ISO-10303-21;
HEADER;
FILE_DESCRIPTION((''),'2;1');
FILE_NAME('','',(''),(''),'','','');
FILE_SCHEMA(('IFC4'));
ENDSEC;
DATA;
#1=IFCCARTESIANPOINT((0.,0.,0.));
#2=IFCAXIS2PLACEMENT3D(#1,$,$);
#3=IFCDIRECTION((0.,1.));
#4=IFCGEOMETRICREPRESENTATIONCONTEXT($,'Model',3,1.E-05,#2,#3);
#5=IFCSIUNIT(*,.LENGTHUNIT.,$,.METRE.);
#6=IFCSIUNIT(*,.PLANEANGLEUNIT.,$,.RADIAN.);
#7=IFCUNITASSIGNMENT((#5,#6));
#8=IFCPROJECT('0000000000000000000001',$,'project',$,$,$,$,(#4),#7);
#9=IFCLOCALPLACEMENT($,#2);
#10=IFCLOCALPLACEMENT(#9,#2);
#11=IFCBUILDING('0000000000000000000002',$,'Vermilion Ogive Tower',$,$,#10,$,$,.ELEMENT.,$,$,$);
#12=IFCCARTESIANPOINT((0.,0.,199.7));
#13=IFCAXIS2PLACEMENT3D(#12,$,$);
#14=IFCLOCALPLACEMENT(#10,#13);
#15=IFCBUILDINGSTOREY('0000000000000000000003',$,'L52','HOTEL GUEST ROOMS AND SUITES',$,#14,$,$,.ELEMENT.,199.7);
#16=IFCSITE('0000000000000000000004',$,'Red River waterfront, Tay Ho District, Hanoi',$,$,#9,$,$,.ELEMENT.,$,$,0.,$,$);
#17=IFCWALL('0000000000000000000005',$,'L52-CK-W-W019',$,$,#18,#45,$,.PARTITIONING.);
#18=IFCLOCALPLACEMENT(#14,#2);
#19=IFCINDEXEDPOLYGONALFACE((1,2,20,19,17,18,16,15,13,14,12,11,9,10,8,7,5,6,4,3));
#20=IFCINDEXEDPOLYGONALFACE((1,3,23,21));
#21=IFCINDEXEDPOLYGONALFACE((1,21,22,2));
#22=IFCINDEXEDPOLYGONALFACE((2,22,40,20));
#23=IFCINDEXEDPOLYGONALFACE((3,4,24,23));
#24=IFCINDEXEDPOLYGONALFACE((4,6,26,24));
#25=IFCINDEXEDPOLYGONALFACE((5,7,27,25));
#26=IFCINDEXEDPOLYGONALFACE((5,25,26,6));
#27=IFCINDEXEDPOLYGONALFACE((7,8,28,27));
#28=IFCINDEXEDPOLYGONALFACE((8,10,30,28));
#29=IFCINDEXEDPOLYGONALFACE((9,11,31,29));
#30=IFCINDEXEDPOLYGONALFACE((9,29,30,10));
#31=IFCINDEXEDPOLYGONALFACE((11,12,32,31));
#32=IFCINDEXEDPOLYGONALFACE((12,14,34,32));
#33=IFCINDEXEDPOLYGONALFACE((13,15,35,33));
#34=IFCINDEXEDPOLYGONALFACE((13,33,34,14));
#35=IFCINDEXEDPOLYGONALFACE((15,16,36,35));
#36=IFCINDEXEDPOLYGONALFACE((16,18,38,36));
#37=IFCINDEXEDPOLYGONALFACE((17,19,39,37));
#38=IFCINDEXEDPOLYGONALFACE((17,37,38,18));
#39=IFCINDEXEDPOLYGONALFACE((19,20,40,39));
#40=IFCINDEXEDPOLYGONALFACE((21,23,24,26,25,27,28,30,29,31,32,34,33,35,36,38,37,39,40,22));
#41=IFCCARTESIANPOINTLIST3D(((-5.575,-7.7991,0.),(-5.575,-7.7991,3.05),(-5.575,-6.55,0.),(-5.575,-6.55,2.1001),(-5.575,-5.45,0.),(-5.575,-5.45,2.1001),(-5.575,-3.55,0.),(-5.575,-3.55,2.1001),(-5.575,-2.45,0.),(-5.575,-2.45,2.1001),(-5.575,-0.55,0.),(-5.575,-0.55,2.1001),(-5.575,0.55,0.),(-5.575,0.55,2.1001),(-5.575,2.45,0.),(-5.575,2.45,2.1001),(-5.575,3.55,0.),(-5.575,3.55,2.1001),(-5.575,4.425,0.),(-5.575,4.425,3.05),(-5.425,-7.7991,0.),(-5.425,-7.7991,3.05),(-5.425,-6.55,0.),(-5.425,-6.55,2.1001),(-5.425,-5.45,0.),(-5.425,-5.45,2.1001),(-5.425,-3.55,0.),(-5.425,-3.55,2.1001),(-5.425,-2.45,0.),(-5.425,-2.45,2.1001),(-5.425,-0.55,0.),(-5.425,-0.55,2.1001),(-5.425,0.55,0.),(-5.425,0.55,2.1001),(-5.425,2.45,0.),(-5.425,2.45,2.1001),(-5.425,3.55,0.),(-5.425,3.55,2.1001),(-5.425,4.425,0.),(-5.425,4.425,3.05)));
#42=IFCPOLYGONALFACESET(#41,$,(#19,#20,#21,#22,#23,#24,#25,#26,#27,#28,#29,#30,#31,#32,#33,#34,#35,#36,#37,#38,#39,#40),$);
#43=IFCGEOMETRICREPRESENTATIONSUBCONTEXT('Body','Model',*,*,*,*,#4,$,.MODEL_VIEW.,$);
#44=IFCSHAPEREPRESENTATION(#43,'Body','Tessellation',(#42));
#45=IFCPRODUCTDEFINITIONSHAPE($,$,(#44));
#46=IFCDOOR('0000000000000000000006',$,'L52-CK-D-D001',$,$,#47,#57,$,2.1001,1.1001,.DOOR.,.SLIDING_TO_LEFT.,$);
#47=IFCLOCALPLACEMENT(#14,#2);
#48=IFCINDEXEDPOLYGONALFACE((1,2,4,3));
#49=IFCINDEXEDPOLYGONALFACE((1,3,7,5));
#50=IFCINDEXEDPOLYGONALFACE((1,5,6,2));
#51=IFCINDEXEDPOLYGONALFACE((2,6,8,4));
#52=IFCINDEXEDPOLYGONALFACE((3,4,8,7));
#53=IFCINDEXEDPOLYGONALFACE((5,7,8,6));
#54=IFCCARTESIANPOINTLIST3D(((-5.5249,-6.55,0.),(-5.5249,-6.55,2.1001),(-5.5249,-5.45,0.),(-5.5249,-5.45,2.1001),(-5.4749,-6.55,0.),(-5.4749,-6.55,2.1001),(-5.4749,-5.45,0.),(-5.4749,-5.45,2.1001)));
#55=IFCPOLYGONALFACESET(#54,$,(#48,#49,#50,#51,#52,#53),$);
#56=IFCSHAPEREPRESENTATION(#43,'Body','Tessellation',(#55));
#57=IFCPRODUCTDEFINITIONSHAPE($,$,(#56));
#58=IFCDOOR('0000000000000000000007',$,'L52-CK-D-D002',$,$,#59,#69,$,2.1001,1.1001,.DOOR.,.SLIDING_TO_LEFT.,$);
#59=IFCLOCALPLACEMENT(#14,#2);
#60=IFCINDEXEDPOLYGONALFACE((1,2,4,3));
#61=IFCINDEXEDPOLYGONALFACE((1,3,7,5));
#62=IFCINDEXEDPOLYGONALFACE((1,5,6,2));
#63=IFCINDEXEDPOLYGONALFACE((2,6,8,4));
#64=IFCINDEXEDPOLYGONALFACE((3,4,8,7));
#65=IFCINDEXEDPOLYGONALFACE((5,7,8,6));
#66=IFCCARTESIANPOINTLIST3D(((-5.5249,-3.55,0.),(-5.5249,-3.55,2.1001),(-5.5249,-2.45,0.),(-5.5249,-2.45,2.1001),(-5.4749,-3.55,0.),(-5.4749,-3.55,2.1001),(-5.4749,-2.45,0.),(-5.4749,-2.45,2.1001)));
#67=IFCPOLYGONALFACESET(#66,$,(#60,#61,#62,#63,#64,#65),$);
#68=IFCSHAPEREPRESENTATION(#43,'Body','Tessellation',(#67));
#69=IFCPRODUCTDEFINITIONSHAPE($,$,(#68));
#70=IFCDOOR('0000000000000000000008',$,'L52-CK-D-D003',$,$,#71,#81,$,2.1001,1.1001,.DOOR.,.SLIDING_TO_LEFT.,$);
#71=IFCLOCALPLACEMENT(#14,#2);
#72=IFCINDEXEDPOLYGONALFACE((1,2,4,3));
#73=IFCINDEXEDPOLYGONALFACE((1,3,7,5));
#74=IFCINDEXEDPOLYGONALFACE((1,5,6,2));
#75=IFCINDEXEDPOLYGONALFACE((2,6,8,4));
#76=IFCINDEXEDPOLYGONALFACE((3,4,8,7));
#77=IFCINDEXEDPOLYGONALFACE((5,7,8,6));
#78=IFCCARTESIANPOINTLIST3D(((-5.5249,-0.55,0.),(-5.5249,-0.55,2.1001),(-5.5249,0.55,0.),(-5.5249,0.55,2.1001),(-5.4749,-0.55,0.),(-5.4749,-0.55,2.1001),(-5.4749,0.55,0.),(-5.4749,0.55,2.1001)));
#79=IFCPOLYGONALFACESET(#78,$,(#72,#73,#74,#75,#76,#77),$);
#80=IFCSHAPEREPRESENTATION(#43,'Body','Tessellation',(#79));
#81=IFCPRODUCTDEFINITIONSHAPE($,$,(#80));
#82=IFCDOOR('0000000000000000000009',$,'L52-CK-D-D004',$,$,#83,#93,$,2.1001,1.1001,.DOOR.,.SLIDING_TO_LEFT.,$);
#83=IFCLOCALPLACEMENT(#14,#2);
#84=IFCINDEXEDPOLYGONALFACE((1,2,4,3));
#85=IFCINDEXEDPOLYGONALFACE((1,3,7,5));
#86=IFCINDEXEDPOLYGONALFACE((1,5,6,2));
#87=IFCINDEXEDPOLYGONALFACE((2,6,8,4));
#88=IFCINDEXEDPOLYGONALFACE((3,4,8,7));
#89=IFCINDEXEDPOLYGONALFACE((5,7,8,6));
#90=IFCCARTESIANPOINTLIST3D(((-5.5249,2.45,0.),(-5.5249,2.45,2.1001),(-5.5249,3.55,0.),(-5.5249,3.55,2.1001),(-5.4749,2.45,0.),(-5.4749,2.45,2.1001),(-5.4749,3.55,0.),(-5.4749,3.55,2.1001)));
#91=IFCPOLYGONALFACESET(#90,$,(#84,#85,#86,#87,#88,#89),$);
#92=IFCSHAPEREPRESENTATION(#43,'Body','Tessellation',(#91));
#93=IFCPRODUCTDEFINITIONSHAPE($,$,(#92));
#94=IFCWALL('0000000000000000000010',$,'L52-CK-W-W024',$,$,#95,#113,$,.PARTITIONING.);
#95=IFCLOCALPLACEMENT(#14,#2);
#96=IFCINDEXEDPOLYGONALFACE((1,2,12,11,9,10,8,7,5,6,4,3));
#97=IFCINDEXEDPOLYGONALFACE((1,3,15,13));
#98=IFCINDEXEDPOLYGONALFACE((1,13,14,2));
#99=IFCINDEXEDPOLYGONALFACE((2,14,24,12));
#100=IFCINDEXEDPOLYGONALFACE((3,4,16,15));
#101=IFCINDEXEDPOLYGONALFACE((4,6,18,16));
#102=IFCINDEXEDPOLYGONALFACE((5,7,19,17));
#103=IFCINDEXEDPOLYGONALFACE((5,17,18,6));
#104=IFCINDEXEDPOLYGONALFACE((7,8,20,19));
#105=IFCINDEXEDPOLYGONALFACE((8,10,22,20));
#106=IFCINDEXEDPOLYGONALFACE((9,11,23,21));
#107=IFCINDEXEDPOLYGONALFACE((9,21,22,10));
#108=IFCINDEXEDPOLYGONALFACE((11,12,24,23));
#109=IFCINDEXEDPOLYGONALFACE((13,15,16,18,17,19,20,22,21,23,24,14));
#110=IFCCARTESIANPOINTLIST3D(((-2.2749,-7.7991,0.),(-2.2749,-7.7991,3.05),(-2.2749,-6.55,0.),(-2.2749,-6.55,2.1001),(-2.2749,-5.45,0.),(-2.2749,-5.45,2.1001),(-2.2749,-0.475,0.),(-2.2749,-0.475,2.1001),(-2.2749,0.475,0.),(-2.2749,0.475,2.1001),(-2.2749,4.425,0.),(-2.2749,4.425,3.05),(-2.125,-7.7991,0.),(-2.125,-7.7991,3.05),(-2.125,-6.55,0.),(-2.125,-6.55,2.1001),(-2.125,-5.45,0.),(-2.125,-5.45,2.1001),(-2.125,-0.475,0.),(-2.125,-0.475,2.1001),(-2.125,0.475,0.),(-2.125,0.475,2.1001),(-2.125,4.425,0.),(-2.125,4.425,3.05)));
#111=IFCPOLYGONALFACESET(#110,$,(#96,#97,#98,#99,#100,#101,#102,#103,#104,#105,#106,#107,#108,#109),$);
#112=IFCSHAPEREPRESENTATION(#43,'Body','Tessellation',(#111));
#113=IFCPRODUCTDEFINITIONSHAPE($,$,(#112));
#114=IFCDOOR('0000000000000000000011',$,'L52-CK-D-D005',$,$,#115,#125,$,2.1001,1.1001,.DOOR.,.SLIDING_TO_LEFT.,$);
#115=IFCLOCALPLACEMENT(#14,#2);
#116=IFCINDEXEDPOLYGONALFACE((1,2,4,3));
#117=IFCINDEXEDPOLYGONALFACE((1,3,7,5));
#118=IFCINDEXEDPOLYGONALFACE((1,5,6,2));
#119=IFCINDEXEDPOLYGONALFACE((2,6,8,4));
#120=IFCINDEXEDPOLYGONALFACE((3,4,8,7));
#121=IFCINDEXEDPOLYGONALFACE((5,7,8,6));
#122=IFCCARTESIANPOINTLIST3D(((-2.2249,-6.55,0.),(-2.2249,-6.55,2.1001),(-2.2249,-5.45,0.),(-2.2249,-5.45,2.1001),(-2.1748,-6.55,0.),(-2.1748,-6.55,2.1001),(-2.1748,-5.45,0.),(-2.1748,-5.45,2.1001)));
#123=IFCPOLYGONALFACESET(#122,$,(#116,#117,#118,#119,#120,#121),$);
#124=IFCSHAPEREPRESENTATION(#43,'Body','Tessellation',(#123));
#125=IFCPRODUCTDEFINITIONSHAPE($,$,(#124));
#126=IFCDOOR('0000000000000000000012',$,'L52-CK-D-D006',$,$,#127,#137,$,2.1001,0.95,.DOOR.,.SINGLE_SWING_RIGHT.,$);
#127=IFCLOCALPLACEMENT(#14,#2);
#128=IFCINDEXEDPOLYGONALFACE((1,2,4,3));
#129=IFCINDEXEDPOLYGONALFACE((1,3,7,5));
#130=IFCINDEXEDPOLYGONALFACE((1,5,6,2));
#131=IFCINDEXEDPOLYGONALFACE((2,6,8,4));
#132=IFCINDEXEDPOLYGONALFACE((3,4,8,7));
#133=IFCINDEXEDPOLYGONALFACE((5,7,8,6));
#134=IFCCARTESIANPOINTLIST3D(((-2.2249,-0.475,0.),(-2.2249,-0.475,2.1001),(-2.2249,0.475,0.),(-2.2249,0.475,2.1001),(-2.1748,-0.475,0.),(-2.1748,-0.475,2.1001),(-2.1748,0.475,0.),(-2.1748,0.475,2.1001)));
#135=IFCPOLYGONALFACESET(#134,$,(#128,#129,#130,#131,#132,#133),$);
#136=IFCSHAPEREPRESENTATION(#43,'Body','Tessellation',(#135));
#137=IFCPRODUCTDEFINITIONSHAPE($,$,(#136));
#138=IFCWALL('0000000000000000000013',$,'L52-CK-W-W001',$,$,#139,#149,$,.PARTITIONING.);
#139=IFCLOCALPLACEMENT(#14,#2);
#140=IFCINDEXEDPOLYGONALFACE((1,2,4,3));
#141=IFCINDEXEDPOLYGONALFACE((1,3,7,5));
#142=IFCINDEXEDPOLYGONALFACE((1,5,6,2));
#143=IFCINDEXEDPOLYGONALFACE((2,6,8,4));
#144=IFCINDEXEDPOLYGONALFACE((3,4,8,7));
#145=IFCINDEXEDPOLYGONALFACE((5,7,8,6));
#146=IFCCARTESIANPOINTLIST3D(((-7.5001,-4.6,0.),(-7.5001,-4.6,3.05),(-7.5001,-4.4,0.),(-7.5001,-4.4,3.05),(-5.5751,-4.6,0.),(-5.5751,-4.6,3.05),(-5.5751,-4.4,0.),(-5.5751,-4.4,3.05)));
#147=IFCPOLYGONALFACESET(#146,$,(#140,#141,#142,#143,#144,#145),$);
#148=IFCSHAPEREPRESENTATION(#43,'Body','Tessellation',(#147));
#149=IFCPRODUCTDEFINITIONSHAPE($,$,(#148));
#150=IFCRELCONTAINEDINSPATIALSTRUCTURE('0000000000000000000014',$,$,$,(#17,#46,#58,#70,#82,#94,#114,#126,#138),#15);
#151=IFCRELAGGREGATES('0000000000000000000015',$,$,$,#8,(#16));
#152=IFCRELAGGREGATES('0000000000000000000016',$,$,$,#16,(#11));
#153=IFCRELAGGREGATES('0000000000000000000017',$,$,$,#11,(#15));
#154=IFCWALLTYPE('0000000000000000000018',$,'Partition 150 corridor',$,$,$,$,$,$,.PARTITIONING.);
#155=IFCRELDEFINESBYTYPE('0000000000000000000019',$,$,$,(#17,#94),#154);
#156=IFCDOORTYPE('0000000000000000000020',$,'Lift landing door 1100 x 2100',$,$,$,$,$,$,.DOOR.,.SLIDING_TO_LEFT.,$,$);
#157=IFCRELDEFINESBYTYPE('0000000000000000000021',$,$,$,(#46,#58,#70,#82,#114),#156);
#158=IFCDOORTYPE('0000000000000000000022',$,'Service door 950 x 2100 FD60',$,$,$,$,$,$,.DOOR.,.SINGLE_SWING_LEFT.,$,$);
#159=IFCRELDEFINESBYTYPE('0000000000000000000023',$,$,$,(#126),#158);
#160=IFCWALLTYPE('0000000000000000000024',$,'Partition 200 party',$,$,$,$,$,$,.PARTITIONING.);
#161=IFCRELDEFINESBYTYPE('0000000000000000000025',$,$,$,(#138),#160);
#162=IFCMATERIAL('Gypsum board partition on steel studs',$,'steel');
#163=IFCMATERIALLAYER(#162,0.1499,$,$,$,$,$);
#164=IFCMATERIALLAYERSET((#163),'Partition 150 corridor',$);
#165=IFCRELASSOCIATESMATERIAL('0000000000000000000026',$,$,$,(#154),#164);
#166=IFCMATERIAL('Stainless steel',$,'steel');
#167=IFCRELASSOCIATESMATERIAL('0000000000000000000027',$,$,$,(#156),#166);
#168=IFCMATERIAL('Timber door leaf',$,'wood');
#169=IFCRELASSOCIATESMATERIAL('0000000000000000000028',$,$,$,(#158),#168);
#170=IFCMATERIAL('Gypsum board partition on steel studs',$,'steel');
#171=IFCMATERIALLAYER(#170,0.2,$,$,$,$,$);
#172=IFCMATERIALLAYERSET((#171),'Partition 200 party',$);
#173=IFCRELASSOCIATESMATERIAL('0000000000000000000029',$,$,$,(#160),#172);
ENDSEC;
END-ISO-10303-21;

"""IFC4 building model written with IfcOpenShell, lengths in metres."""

from ifc_helpers import new_model, si_unit, direction, frame, frame_2d, origin, place, context, subcontext, project, spatial, rectangle, extrude, material, layer, layer_set, type_object, element, fill, save


model = new_model("IFC4")

# Units and contexts
model_context = context("Model", 3, precision=1e-05, world=origin(), true_north=direction((0.0, 1.0)))
body_context = subcontext(model_context, "Body", "Model", "MODEL_VIEW")
ifc_project = project(units=[si_unit("LENGTHUNIT", "METRE"), si_unit("PLANEANGLEUNIT", "RADIAN")], contexts=[model_context])

# Site, building, storey
site_placement = place(None, origin())
site = spatial("IfcSite", under=ifc_project, at=site_placement, Name="Red River waterfront, Tay Ho District, Hanoi", CompositionType="ELEMENT", RefElevation=0.0)
building_placement = place(site_placement, origin())
building = spatial("IfcBuilding", under=site, at=building_placement, Name="Vermilion Ogive Tower", CompositionType="ELEMENT")
storey_placement = place(building_placement, frame((0.0, 0.0, 199.7)))
storey = spatial("IfcBuildingStorey", under=building, at=storey_placement, Name="L52", Description="HOTEL GUEST ROOMS AND SUITES", CompositionType="ELEMENT", Elevation=199.7)

# Shared definitions
ifc_material_1 = material(Name="Gypsum board partition on steel studs", Category="steel")
ifc_layer_1 = layer(ifc_material_1, 0.1499)
ifc_layer_set_1 = layer_set([ifc_layer_1], Name="Partition 150 corridor")
wall_type_1 = type_object("IfcWallType", Name="Partition 150 corridor", PredefinedType="PARTITIONING", material=ifc_layer_set_1)

# Walls, openings, doors
wall_1_placement = place(storey_placement, frame((-5.5, -7.7991, 0.0), z_axis=(0.0, 0.0, 1.0), x_axis=(0.0, 1.0, 0.0)))
wall_1 = element("IfcWall", 1, at=wall_1_placement, inside=storey, type_object=wall_type_1, Name="L52-CK-W-W019", PredefinedType="PARTITIONING", context=body_context, shape_type="SweptSolid", body=[
    extrude(rectangle(XDim=12.2241, YDim=0.1499, at=frame_2d((6.1121, 0.0))), origin(), (0.0, 0.0, 1.0), 3.05),
])
opening_1_placement = place(wall_1_placement, frame((1.249, 0.0, 0.0)))
opening_1 = element("IfcOpeningElement", 2, at=opening_1_placement, cuts=wall_1, PredefinedType="OPENING", context=body_context, shape_type="SweptSolid", body=[
    extrude(rectangle(XDim=1.1001, YDim=2.1001, at=frame_2d((0.55, 1.05))), frame((0.0, 0.085, 0.0), z_axis=(0.0, -1.0, 0.0), x_axis=(1.0, 0.0, 0.0)), (0.0, 0.0, 1.0), 0.1699),
])
opening_2_placement = place(wall_1_placement, frame((4.249, 0.0, 0.0)))
opening_2 = element("IfcOpeningElement", 3, at=opening_2_placement, cuts=wall_1, PredefinedType="OPENING", context=body_context, shape_type="SweptSolid", body=[
    extrude(rectangle(XDim=1.1001, YDim=2.1001, at=frame_2d((0.55, 1.05))), frame((0.0, 0.085, 0.0), z_axis=(0.0, -1.0, 0.0), x_axis=(1.0, 0.0, 0.0)), (0.0, 0.0, 1.0), 0.1699),
])
opening_3_placement = place(wall_1_placement, frame((7.249, 0.0, 0.0)))
opening_3 = element("IfcOpeningElement", 4, at=opening_3_placement, cuts=wall_1, PredefinedType="OPENING", context=body_context, shape_type="SweptSolid", body=[
    extrude(rectangle(XDim=1.1001, YDim=2.1001, at=frame_2d((0.55, 1.05))), frame((0.0, 0.085, 0.0), z_axis=(0.0, -1.0, 0.0), x_axis=(1.0, 0.0, 0.0)), (0.0, 0.0, 1.0), 0.1699),
])
opening_4_placement = place(wall_1_placement, frame((10.249, 0.0, 0.0)))
opening_4 = element("IfcOpeningElement", 5, at=opening_4_placement, cuts=wall_1, PredefinedType="OPENING", context=body_context, shape_type="SweptSolid", body=[
    extrude(rectangle(XDim=1.1001, YDim=2.1001, at=frame_2d((0.55, 1.05))), frame((0.0, 0.085, 0.0), z_axis=(0.0, -1.0, 0.0), x_axis=(1.0, 0.0, 0.0)), (0.0, 0.0, 1.0), 0.1699),
])
ifc_material_2 = material(Name="Stainless steel", Category="steel")
door_type_1 = type_object("IfcDoorType", Name="Lift landing door 1100 x 2100", OperationType="SLIDING_TO_LEFT", PredefinedType="DOOR", material=ifc_material_2)
door_1_placement = place(opening_1_placement, origin())
door_1 = element("IfcDoor", 6, at=door_1_placement, inside=storey, type_object=door_type_1, Name="L52-CK-D-D001", OperationType="SLIDING_TO_LEFT", OverallHeight=2.1001, OverallWidth=1.1001, PredefinedType="DOOR", context=body_context, shape_type="SweptSolid", body=[
    extrude(rectangle(XDim=1.1001, YDim=2.1001, at=frame_2d((0.55, 1.05))), frame((0.0, 0.0249, 0.0), z_axis=(0.0, -1.0, 0.0), x_axis=(1.0, 0.0, 0.0)), (0.0, 0.0, 1.0), 0.05),
])
fill(opening_1, door_1)
door_2_placement = place(opening_2_placement, origin())
door_2 = element("IfcDoor", 7, at=door_2_placement, inside=storey, type_object=door_type_1, Name="L52-CK-D-D002", OperationType="SLIDING_TO_LEFT", OverallHeight=2.1001, OverallWidth=1.1001, PredefinedType="DOOR", context=body_context, shape_type="SweptSolid", body=[
    extrude(rectangle(XDim=1.1001, YDim=2.1001, at=frame_2d((0.55, 1.05))), frame((0.0, 0.0249, 0.0), z_axis=(0.0, -1.0, 0.0), x_axis=(1.0, 0.0, 0.0)), (0.0, 0.0, 1.0), 0.05),
])
fill(opening_2, door_2)
door_3_placement = place(opening_3_placement, origin())
door_3 = element("IfcDoor", 8, at=door_3_placement, inside=storey, type_object=door_type_1, Name="L52-CK-D-D003", OperationType="SLIDING_TO_LEFT", OverallHeight=2.1001, OverallWidth=1.1001, PredefinedType="DOOR", context=body_context, shape_type="SweptSolid", body=[
    extrude(rectangle(XDim=1.1001, YDim=2.1001, at=frame_2d((0.55, 1.05))), frame((0.0, 0.0249, 0.0), z_axis=(0.0, -1.0, 0.0), x_axis=(1.0, 0.0, 0.0)), (0.0, 0.0, 1.0), 0.05),
])
fill(opening_3, door_3)
door_4_placement = place(opening_4_placement, origin())
door_4 = element("IfcDoor", 9, at=door_4_placement, inside=storey, type_object=door_type_1, Name="L52-CK-D-D004", OperationType="SLIDING_TO_LEFT", OverallHeight=2.1001, OverallWidth=1.1001, PredefinedType="DOOR", context=body_context, shape_type="SweptSolid", body=[
    extrude(rectangle(XDim=1.1001, YDim=2.1001, at=frame_2d((0.55, 1.05))), frame((0.0, 0.0249, 0.0), z_axis=(0.0, -1.0, 0.0), x_axis=(1.0, 0.0, 0.0)), (0.0, 0.0, 1.0), 0.05),
])
fill(opening_4, door_4)
wall_2_placement = place(storey_placement, frame((-2.2, -7.7991, 0.0), z_axis=(0.0, 0.0, 1.0), x_axis=(0.0, 1.0, 0.0)))
wall_2 = element("IfcWall", 10, at=wall_2_placement, inside=storey, type_object=wall_type_1, Name="L52-CK-W-W024", PredefinedType="PARTITIONING", context=body_context, shape_type="SweptSolid", body=[
    extrude(rectangle(XDim=12.2241, YDim=0.1499, at=frame_2d((6.1121, 0.0))), origin(), (0.0, 0.0, 1.0), 3.05),
])
opening_5_placement = place(wall_2_placement, frame((1.249, 0.0, 0.0)))
opening_5 = element("IfcOpeningElement", 11, at=opening_5_placement, cuts=wall_2, PredefinedType="OPENING", context=body_context, shape_type="SweptSolid", body=[
    extrude(rectangle(XDim=1.1001, YDim=2.1001, at=frame_2d((0.55, 1.05))), frame((0.0, 0.085, 0.0), z_axis=(0.0, -1.0, 0.0), x_axis=(1.0, 0.0, 0.0)), (0.0, 0.0, 1.0), 0.1699),
])
opening_6_placement = place(wall_2_placement, frame((7.324, 0.0, 0.0)))
opening_6 = element("IfcOpeningElement", 12, at=opening_6_placement, cuts=wall_2, PredefinedType="OPENING", context=body_context, shape_type="SweptSolid", body=[
    extrude(rectangle(XDim=0.95, YDim=2.1001, at=frame_2d((0.4751, 1.05))), frame((0.0, 0.085, 0.0), z_axis=(0.0, -1.0, 0.0), x_axis=(1.0, 0.0, 0.0)), (0.0, 0.0, 1.0), 0.1699),
])
door_5_placement = place(opening_5_placement, origin())
door_5 = element("IfcDoor", 13, at=door_5_placement, inside=storey, type_object=door_type_1, Name="L52-CK-D-D005", OperationType="SLIDING_TO_LEFT", OverallHeight=2.1001, OverallWidth=1.1001, PredefinedType="DOOR", context=body_context, shape_type="SweptSolid", body=[
    extrude(rectangle(XDim=1.1001, YDim=2.1001, at=frame_2d((0.55, 1.05))), frame((0.0, 0.0249, 0.0), z_axis=(0.0, -1.0, 0.0), x_axis=(1.0, 0.0, 0.0)), (0.0, 0.0, 1.0), 0.05),
])
fill(opening_5, door_5)
ifc_material_3 = material(Name="Timber door leaf", Category="wood")
door_type_2 = type_object("IfcDoorType", Name="Service door 950 x 2100 FD60", OperationType="SINGLE_SWING_LEFT", PredefinedType="DOOR", material=ifc_material_3)
door_6_placement = place(opening_6_placement, origin())
door_6 = element("IfcDoor", 14, at=door_6_placement, inside=storey, type_object=door_type_2, Name="L52-CK-D-D006", OperationType="SINGLE_SWING_RIGHT", OverallHeight=2.1001, OverallWidth=0.95, PredefinedType="DOOR", context=body_context, shape_type="SweptSolid", body=[
    extrude(rectangle(XDim=0.95, YDim=2.1001, at=frame_2d((0.4751, 1.05))), frame((0.0, 0.0249, 0.0), z_axis=(0.0, -1.0, 0.0), x_axis=(1.0, 0.0, 0.0)), (0.0, 0.0, 1.0), 0.05),
])
fill(opening_6, door_6)

# Wall
ifc_material_4 = material(Name="Gypsum board partition on steel studs", Category="steel")
ifc_layer_2 = layer(ifc_material_4, 0.2)
ifc_layer_set_2 = layer_set([ifc_layer_2], Name="Partition 200 party")
wall_type_2 = type_object("IfcWallType", Name="Partition 200 party", PredefinedType="PARTITIONING", material=ifc_layer_set_2)
wall_3_placement = place(storey_placement, frame((-7.5, -4.5, 0.0), z_axis=(0.0, 0.0, 1.0), x_axis=(1.0, 0.0, 0.0)))
element("IfcWall", 15, at=wall_3_placement, inside=storey, type_object=wall_type_2, Name="L52-CK-W-W001", PredefinedType="PARTITIONING", context=body_context, shape_type="SweptSolid", body=[
    extrude(rectangle(XDim=1.925, YDim=0.2, at=frame_2d((0.9624, 0.0))), origin(), (0.0, 0.0, 1.0), 3.05),
])

save(model, "model.ifc")
